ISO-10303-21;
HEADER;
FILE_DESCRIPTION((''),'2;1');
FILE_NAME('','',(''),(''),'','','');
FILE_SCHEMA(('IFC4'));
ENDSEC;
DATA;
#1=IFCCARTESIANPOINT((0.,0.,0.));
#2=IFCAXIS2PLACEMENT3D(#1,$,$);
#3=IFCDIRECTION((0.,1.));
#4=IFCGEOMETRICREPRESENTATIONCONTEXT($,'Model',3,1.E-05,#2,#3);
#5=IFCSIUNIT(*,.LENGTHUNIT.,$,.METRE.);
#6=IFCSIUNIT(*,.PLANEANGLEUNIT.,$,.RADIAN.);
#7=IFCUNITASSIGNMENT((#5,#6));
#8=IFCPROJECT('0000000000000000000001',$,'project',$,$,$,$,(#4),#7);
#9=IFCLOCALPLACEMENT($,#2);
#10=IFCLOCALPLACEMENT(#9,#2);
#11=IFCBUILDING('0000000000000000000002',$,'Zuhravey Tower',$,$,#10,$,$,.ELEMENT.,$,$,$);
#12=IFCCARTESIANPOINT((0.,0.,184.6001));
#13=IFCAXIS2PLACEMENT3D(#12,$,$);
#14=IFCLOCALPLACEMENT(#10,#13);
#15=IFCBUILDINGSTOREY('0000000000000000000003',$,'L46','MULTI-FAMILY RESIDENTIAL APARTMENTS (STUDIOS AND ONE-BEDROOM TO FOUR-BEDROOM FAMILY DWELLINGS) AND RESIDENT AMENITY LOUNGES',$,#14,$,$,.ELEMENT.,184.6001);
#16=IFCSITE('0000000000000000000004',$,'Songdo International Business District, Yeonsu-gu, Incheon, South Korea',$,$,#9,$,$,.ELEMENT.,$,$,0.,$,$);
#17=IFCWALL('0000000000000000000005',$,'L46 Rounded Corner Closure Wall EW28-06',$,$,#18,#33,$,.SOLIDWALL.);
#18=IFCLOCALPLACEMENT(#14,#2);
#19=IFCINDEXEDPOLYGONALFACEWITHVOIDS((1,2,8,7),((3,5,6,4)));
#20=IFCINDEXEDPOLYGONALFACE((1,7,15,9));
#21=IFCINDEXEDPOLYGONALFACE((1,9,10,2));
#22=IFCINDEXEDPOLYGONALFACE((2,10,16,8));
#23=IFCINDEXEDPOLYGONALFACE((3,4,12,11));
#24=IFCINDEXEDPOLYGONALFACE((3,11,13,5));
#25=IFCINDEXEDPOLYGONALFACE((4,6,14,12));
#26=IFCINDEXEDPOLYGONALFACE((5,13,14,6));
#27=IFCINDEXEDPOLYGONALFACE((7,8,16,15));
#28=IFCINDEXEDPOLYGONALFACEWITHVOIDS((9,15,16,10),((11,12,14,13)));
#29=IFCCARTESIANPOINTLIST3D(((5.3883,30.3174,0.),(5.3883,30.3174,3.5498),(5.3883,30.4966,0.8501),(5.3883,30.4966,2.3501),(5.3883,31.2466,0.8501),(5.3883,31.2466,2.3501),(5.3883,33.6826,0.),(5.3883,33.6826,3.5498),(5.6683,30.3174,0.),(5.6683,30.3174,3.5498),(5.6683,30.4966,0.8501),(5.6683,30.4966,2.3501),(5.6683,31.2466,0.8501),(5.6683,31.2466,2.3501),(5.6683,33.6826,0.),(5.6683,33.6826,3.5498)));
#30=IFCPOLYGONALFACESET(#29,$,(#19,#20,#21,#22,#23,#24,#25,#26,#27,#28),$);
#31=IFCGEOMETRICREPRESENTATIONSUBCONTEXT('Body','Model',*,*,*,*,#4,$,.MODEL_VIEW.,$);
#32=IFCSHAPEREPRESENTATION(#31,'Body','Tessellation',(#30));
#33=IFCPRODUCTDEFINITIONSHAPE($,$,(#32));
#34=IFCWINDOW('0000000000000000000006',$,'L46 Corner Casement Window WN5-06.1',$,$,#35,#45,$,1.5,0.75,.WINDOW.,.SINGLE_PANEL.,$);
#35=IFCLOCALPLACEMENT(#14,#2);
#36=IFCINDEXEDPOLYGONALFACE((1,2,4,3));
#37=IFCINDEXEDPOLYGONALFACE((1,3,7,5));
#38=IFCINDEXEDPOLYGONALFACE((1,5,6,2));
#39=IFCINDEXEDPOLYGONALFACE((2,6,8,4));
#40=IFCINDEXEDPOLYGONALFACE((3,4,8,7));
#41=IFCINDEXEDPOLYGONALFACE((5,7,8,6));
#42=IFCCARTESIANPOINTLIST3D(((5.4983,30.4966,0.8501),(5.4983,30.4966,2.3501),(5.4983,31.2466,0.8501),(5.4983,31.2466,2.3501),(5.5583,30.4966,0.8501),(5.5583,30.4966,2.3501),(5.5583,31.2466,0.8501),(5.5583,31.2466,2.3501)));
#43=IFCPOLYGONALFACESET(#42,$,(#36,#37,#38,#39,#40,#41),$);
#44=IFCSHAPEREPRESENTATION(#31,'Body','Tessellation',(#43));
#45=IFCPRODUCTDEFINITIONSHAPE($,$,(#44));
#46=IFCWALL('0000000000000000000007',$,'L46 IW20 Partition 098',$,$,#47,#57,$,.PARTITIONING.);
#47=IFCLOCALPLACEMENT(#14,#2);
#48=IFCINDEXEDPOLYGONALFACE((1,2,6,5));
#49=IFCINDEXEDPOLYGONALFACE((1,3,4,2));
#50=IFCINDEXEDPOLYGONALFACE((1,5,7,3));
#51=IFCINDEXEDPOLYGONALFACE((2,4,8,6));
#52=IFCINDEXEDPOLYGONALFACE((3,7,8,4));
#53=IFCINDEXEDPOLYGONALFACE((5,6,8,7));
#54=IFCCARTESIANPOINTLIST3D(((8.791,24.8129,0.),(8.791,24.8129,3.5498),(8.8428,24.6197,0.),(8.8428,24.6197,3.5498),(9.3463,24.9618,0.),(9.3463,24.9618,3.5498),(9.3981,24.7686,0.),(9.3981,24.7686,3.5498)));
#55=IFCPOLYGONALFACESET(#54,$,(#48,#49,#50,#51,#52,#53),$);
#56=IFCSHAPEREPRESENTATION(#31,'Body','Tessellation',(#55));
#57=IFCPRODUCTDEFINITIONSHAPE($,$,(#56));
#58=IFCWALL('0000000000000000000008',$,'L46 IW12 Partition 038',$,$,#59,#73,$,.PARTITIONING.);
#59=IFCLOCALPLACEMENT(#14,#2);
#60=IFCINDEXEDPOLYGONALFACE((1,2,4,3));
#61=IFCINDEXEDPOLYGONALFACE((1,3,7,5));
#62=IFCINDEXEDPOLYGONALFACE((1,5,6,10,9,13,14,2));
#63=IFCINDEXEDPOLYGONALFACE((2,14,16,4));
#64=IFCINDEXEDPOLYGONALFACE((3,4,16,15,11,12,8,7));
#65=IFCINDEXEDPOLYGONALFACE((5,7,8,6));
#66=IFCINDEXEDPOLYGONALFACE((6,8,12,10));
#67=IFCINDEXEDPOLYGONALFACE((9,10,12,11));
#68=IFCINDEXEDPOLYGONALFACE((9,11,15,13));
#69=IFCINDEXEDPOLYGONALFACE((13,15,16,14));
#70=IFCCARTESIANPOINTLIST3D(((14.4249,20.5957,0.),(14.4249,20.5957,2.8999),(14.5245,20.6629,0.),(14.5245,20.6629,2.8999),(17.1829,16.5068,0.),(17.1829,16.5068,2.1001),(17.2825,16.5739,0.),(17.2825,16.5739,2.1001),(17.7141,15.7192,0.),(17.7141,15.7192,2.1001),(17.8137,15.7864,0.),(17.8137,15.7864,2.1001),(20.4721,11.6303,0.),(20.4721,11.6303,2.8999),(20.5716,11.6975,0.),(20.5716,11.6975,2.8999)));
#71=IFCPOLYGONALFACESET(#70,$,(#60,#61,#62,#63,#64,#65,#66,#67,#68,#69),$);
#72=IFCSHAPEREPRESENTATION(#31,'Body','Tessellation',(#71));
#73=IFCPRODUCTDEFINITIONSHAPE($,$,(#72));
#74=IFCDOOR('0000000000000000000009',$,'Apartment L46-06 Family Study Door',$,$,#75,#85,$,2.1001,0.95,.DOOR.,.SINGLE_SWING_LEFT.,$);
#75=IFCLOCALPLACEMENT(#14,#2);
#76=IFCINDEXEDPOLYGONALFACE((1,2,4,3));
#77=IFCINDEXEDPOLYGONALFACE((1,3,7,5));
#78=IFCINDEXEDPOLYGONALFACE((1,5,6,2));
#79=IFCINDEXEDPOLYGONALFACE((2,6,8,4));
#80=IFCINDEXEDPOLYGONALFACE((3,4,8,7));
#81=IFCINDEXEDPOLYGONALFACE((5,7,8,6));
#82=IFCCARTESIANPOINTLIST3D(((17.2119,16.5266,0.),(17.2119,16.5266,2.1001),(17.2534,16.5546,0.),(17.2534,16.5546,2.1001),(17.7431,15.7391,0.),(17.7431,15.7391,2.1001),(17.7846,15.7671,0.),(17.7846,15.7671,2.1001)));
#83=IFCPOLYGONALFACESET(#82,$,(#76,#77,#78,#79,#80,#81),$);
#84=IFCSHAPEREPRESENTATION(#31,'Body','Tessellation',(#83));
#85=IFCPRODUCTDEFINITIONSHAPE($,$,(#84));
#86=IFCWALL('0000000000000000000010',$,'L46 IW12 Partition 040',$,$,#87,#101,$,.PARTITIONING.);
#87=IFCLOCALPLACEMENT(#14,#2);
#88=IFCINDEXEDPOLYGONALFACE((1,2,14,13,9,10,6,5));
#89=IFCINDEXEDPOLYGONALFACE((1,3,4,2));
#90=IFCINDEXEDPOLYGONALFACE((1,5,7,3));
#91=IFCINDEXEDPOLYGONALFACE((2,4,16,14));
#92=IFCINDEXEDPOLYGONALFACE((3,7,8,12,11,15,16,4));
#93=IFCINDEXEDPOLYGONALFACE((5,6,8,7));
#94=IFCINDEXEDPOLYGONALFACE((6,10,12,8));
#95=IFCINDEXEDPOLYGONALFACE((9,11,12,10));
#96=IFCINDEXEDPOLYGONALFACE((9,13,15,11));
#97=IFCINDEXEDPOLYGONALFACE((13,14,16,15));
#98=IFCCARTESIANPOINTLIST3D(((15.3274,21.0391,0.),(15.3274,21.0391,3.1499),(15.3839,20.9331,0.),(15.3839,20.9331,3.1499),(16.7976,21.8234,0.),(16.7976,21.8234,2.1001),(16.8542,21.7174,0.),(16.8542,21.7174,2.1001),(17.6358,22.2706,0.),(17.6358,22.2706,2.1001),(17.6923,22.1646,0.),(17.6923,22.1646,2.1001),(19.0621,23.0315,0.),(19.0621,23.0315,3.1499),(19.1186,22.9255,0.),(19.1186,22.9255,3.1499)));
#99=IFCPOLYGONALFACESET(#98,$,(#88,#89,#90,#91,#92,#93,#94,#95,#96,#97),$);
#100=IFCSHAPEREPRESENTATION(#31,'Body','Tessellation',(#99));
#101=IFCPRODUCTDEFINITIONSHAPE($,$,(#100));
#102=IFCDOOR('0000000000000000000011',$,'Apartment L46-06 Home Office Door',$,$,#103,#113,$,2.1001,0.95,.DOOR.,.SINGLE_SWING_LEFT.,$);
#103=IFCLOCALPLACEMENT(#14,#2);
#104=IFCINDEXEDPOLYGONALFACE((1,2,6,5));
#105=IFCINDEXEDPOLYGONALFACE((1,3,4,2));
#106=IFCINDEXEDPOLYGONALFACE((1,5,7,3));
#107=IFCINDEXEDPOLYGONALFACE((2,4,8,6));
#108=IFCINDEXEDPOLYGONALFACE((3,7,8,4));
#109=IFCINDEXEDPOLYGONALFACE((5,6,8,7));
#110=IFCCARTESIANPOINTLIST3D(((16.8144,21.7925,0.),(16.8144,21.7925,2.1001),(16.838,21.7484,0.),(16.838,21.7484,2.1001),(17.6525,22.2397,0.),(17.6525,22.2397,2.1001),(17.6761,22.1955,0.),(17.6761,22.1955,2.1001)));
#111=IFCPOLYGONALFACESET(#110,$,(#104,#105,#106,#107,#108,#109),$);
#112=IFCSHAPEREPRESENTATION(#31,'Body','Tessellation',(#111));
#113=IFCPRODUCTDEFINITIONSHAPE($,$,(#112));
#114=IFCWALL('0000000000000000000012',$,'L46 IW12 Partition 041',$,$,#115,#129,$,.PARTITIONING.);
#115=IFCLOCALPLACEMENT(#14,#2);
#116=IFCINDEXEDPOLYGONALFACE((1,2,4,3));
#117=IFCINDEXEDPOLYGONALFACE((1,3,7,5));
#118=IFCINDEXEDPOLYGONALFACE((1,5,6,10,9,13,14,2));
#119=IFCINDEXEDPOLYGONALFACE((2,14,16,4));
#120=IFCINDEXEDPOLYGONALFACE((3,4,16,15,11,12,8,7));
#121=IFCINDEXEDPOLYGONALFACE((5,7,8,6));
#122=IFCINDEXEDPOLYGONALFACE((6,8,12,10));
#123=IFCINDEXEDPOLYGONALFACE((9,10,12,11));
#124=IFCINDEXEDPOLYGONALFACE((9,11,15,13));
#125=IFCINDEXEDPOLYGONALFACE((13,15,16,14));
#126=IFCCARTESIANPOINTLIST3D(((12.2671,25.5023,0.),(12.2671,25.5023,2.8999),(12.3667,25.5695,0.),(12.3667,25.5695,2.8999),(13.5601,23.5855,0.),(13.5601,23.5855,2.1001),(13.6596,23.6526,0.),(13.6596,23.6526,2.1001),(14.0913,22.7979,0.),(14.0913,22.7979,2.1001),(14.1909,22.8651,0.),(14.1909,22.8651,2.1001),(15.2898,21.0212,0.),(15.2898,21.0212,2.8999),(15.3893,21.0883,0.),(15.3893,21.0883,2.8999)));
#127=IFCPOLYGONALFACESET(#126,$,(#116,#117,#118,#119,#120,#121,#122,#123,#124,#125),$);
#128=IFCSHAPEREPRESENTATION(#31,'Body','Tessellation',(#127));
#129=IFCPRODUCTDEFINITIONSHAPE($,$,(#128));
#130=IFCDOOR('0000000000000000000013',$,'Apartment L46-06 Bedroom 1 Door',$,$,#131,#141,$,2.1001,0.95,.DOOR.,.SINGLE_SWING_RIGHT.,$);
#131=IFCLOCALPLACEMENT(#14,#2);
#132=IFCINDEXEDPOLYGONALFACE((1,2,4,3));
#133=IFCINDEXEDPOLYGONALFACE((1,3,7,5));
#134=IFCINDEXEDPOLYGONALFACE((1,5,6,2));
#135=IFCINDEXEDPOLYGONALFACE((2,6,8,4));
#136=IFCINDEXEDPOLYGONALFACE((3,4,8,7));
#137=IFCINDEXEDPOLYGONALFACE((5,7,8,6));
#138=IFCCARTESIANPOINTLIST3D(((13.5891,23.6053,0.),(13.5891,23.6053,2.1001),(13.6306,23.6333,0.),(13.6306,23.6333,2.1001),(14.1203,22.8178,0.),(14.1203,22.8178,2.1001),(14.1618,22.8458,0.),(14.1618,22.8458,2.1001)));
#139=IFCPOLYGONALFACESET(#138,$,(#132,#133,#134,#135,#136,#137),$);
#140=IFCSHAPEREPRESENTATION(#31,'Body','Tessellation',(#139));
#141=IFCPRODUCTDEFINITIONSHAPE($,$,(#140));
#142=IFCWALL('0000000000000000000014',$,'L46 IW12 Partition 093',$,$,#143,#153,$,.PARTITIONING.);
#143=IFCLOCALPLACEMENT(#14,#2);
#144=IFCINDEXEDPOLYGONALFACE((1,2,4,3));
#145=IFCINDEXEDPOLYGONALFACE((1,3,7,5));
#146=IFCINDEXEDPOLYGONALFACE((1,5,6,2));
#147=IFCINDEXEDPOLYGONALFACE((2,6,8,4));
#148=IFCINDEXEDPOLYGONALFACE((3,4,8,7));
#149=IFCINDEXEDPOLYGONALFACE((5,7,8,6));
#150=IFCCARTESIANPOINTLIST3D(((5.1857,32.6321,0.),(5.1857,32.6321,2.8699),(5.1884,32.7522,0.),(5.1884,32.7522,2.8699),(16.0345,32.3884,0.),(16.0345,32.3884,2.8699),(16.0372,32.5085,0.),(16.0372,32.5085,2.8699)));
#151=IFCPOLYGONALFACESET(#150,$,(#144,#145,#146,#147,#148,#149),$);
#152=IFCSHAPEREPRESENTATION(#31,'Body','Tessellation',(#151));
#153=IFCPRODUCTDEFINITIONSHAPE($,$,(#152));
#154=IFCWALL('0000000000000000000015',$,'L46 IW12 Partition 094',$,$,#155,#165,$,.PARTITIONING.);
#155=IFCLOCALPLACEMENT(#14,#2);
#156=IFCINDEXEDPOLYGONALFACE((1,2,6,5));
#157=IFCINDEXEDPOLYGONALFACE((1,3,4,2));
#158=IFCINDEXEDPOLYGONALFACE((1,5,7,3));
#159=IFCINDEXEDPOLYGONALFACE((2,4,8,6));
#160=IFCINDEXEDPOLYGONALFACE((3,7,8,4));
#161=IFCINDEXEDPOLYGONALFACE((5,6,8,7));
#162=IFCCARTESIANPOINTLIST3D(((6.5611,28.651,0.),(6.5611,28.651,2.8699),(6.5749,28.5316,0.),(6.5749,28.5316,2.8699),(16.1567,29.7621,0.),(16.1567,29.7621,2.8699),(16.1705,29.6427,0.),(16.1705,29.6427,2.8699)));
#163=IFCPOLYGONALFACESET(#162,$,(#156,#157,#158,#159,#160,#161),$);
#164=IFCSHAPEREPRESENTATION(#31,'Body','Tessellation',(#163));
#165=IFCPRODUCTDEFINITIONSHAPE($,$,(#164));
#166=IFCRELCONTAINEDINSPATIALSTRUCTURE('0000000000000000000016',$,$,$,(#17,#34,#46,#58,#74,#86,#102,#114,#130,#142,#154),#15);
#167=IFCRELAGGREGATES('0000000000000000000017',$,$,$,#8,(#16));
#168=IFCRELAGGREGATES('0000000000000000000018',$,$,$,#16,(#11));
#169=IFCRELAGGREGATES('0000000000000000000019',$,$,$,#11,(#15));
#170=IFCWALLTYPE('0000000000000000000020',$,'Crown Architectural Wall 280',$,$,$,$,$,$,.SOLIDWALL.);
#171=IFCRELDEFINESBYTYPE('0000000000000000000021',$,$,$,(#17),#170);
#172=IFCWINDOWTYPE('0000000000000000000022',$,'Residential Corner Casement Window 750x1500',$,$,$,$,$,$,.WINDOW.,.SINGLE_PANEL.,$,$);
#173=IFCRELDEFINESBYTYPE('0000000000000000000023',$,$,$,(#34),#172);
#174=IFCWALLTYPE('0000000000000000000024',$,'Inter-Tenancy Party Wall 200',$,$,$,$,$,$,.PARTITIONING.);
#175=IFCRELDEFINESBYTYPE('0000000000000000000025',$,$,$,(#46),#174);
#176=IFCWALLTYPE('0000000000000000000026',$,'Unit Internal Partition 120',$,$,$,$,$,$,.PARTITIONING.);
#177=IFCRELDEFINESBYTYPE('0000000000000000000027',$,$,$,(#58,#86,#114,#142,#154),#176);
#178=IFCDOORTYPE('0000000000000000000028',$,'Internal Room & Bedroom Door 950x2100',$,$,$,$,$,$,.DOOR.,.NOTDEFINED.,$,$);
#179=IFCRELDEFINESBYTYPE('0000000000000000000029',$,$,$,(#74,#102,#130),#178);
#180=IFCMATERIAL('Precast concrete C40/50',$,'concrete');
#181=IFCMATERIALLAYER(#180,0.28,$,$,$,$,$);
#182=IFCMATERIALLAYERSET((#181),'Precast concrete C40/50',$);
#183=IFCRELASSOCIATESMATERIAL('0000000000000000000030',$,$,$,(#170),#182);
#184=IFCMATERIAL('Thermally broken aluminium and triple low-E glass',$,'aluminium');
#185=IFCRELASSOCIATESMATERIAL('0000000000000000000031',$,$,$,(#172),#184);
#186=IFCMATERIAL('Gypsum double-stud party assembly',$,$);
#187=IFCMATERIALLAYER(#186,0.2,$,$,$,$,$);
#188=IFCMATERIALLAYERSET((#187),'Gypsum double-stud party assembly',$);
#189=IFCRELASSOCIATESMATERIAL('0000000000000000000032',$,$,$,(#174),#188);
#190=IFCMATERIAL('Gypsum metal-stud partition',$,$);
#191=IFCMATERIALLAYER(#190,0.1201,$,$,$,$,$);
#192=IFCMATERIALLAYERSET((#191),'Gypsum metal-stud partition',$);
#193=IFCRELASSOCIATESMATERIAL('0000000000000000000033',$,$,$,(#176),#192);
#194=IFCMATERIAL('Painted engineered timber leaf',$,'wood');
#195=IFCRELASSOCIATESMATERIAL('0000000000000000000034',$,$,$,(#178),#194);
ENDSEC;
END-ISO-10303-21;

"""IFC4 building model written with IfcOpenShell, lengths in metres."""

from ifc_helpers import new_model, si_unit, direction, frame, frame_2d, origin, place, context, subcontext, project, spatial, rectangle, extrude, material, layer, layer_set, type_object, element, fill, save


model = new_model("IFC4")

# Units and contexts
model_context = context("Model", 3, precision=1e-05, world=origin(), true_north=direction((0.0, 1.0)))
body_context = subcontext(model_context, "Body", "Model", "MODEL_VIEW")
ifc_project = project(units=[si_unit("LENGTHUNIT", "METRE"), si_unit("PLANEANGLEUNIT", "RADIAN")], contexts=[model_context])

# Site, building, storey
site_placement = place(None, origin())
site = spatial("IfcSite", under=ifc_project, at=site_placement, Name="Songdo International Business District, Yeonsu-gu, Incheon, South Korea", CompositionType="ELEMENT", RefElevation=0.0)
building_placement = place(site_placement, origin())
building = spatial("IfcBuilding", under=site, at=building_placement, Name="Zuhravey Tower", CompositionType="ELEMENT")
storey_placement = place(building_placement, frame((0.0, 0.0, 184.6001)))
storey = spatial("IfcBuildingStorey", under=building, at=storey_placement, Name="L46", Description="MULTI-FAMILY RESIDENTIAL APARTMENTS (STUDIOS AND ONE-BEDROOM TO FOUR-BEDROOM FAMILY DWELLINGS) AND RESIDENT AMENITY LOUNGES", CompositionType="ELEMENT", Elevation=184.6001)

# Wall, opening, window
ifc_material_1 = material(Name="Precast concrete C40/50", Category="concrete")
ifc_layer_1 = layer(ifc_material_1, 0.28)
ifc_layer_set_1 = layer_set([ifc_layer_1], Name="Precast concrete C40/50")
wall_type_1 = type_object("IfcWallType", Name="Crown Architectural Wall 280", PredefinedType="SOLIDWALL", material=ifc_layer_set_1)
wall_1_placement = place(storey_placement, frame((5.5283, 30.3174, 0.0), z_axis=(0.0, 0.0, 1.0), x_axis=(0.0, 1.0, 0.0)))
wall_1 = element("IfcWall", 1, at=wall_1_placement, inside=storey, type_object=wall_type_1, Name="L46 Rounded Corner Closure Wall EW28-06", PredefinedType="SOLIDWALL", context=body_context, shape_type="SweptSolid", body=[
    extrude(rectangle(XDim=3.3652, YDim=0.28, at=frame_2d((1.6826, 0.0))), origin(), (0.0, 0.0, 1.0), 3.5498),
])
opening_1_placement = place(wall_1_placement, frame((0.1792, 0.0, 0.8501)))
opening_1 = element("IfcOpeningElement", 2, at=opening_1_placement, cuts=wall_1, PredefinedType="OPENING", context=body_context, shape_type="SweptSolid", body=[
    extrude(rectangle(XDim=0.75, YDim=1.5, at=frame_2d((0.375, 0.75))), frame((0.0, 0.1521, 0.0), z_axis=(0.0, -1.0, 0.0), x_axis=(1.0, 0.0, 0.0)), (0.0, 0.0, 1.0), 0.304),
])
ifc_material_2 = material(Name="Thermally broken aluminium and triple low-E glass", Category="aluminium")
window_type = type_object("IfcWindowType", Name="Residential Corner Casement Window 750x1500", PartitioningType="SINGLE_PANEL", PredefinedType="WINDOW", material=ifc_material_2)
window_placement = place(opening_1_placement, origin())
window = element("IfcWindow", 3, at=window_placement, inside=storey, type_object=window_type, Name="L46 Corner Casement Window WN5-06.1", OverallHeight=1.5, OverallWidth=0.75, PartitioningType="SINGLE_PANEL", PredefinedType="WINDOW", context=body_context, shape_type="SweptSolid", body=[
    extrude(rectangle(XDim=0.75, YDim=1.5, at=frame_2d((0.375, 0.75))), frame((0.0, 0.03, 0.0), z_axis=(0.0, -1.0, 0.0), x_axis=(1.0, 0.0, 0.0)), (0.0, 0.0, 1.0), 0.0601),
])
fill(opening_1, window)

# Wall
ifc_material_3 = material(Name="Gypsum double-stud party assembly")
ifc_layer_2 = layer(ifc_material_3, 0.2)
ifc_layer_set_2 = layer_set([ifc_layer_2], Name="Gypsum double-stud party assembly")
wall_type_2 = type_object("IfcWallType", Name="Inter-Tenancy Party Wall 200", PredefinedType="PARTITIONING", material=ifc_layer_set_2)
wall_2_placement = place(storey_placement, frame((9.3723, 24.8652, 0.0), z_axis=(0.0, 0.0, 1.0), x_axis=(-0.965882, -0.258984, 0.0)))
element("IfcWall", 4, at=wall_2_placement, inside=storey, type_object=wall_type_2, Name="L46 IW20 Partition 098", PredefinedType="PARTITIONING", context=body_context, shape_type="SweptSolid", body=[
    extrude(rectangle(XDim=0.575, YDim=0.2, at=frame_2d((0.2876, 0.0))), origin(), (0.0, 0.0, 1.0), 3.5498),
])

# Walls, openings, doors
ifc_material_4 = material(Name="Gypsum metal-stud partition")
ifc_layer_3 = layer(ifc_material_4, 0.1201)
ifc_layer_set_3 = layer_set([ifc_layer_3], Name="Gypsum metal-stud partition")
wall_type_3 = type_object("IfcWallType", Name="Unit Internal Partition 120", PredefinedType="PARTITIONING", material=ifc_layer_set_3)
wall_3_placement = place(storey_placement, frame((14.4746, 20.6294, 0.0), z_axis=(0.0, 0.0, 1.0), x_axis=(0.559188, -0.829041, 0.0)))
wall_3 = element("IfcWall", 5, at=wall_3_placement, inside=storey, type_object=wall_type_3, Name="L46 IW12 Partition 038", PredefinedType="PARTITIONING", context=body_context, shape_type="SweptSolid", body=[
    extrude(rectangle(XDim=10.8142, YDim=0.1201, at=frame_2d((5.4072, 0.0))), origin(), (0.0, 0.0, 1.0), 2.8999),
])
opening_2_placement = place(wall_3_placement, frame((4.9321, 0.0, 0.0)))
opening_2 = element("IfcOpeningElement", 6, at=opening_2_placement, cuts=wall_3, PredefinedType="OPENING", context=body_context, shape_type="SweptSolid", body=[
    extrude(rectangle(XDim=0.95, YDim=2.1001, at=frame_2d((0.4751, 1.05))), frame((0.0, 0.072, 0.0), z_axis=(0.0, -1.0, 0.0), x_axis=(1.0, 0.0, 0.0)), (0.0, 0.0, 1.0), 0.144),
])
ifc_material_5 = material(Name="Painted engineered timber leaf", Category="wood")
door_type = type_object("IfcDoorType", Name="Internal Room & Bedroom Door 950x2100", OperationType="NOTDEFINED", PredefinedType="DOOR", material=ifc_material_5)
door_1_placement = place(opening_2_placement, frame((0.95, 0.0, 0.0), z_axis=(0.0, 0.0, 1.0), x_axis=(-1.0, 0.0, 0.0)))
door_1 = element("IfcDoor", 7, at=door_1_placement, inside=storey, type_object=door_type, Name="Apartment L46-06 Family Study Door", OperationType="SINGLE_SWING_LEFT", OverallHeight=2.1001, OverallWidth=0.95, PredefinedType="DOOR", context=body_context, shape_type="SweptSolid", body=[
    extrude(rectangle(XDim=0.95, YDim=2.1001, at=frame_2d((0.4751, 1.05))), frame((0.0, 0.0249, 0.0), z_axis=(0.0, -1.0, 0.0), x_axis=(1.0, 0.0, 0.0)), (0.0, 0.0, 1.0), 0.05),
])
fill(opening_2, door_1)
wall_4_placement = place(storey_placement, frame((19.0903, 22.9785, 0.0), z_axis=(0.0, 0.0, 1.0), x_axis=(-0.882291, -0.470705, 0.0)))
wall_4 = element("IfcWall", 8, at=wall_4_placement, inside=storey, type_object=wall_type_3, Name="L46 IW12 Partition 040", PredefinedType="PARTITIONING", context=body_context, shape_type="SweptSolid", body=[
    extrude(rectangle(XDim=4.2329, YDim=0.1201, at=frame_2d((2.1165, 0.0))), origin(), (0.0, 0.0, 1.0), 3.1499),
])
opening_3_placement = place(wall_4_placement, frame((1.6165, 0.0, 0.0)))
opening_3 = element("IfcOpeningElement", 9, at=opening_3_placement, cuts=wall_4, PredefinedType="OPENING", context=body_context, shape_type="SweptSolid", body=[
    extrude(rectangle(XDim=0.95, YDim=2.1001, at=frame_2d((0.4751, 1.05))), frame((0.0, 0.072, 0.0), z_axis=(0.0, -1.0, 0.0), x_axis=(1.0, 0.0, 0.0)), (0.0, 0.0, 1.0), 0.144),
])
door_2_placement = place(opening_3_placement, frame((0.95, 0.0, 0.0), z_axis=(0.0, 0.0, 1.0), x_axis=(-1.0, 0.0, 0.0)))
door_2 = element("IfcDoor", 10, at=door_2_placement, inside=storey, type_object=door_type, Name="Apartment L46-06 Home Office Door", OperationType="SINGLE_SWING_LEFT", OverallHeight=2.1001, OverallWidth=0.95, PredefinedType="DOOR", context=body_context, shape_type="SweptSolid", body=[
    extrude(rectangle(XDim=0.95, YDim=2.1001, at=frame_2d((0.4751, 1.05))), frame((0.0, 0.0249, 0.0), z_axis=(0.0, -1.0, 0.0), x_axis=(1.0, 0.0, 0.0)), (0.0, 0.0, 1.0), 0.05),
])
fill(opening_3, door_2)
wall_5_placement = place(storey_placement, frame((12.3169, 25.5359, 0.0), z_axis=(0.0, 0.0, 1.0), x_axis=(0.559205, -0.829029, 0.0)))
wall_5 = element("IfcWall", 11, at=wall_5_placement, inside=storey, type_object=wall_type_3, Name="L46 IW12 Partition 041", PredefinedType="PARTITIONING", context=body_context, shape_type="SweptSolid", body=[
    extrude(rectangle(XDim=5.4053, YDim=0.1201, at=frame_2d((2.7026, 0.0))), origin(), (0.0, 0.0, 1.0), 2.8999),
])
opening_4_placement = place(wall_5_placement, frame((2.312, 0.0, 0.0)))
opening_4 = element("IfcOpeningElement", 12, at=opening_4_placement, cuts=wall_5, PredefinedType="OPENING", context=body_context, shape_type="SweptSolid", body=[
    extrude(rectangle(XDim=0.95, YDim=2.1001, at=frame_2d((0.4751, 1.05))), frame((0.0, 0.072, 0.0), z_axis=(0.0, -1.0, 0.0), x_axis=(1.0, 0.0, 0.0)), (0.0, 0.0, 1.0), 0.144),
])
door_3_placement = place(opening_4_placement, frame((0.95, 0.0, 0.0), z_axis=(0.0, 0.0, 1.0), x_axis=(-1.0, 0.0, 0.0)))
door_3 = element("IfcDoor", 13, at=door_3_placement, inside=storey, type_object=door_type, Name="Apartment L46-06 Bedroom 1 Door", OperationType="SINGLE_SWING_RIGHT", OverallHeight=2.1001, OverallWidth=0.95, PredefinedType="DOOR", context=body_context, shape_type="SweptSolid", body=[
    extrude(rectangle(XDim=0.95, YDim=2.1001, at=frame_2d((0.4751, 1.05))), frame((0.0, 0.0249, 0.0), z_axis=(0.0, -1.0, 0.0), x_axis=(1.0, 0.0, 0.0)), (0.0, 0.0, 1.0), 0.05),
])
fill(opening_4, door_3)

# Walls
wall_6_placement = place(storey_placement, frame((16.0359, 32.4485, 0.0), z_axis=(0.0, 0.0, 1.0), x_axis=(-0.999748, 0.022453, 0.0)))
element("IfcWall", 14, at=wall_6_placement, inside=storey, type_object=wall_type_3, Name="L46 IW12 Partition 093", PredefinedType="PARTITIONING", context=body_context, shape_type="SweptSolid", body=[
    extrude(rectangle(XDim=10.8516, YDim=0.1201, at=frame_2d((5.4258, 0.0))), origin(), (0.0, 0.0, 1.0), 2.8699),
])
wall_7_placement = place(storey_placement, frame((16.1636, 29.7024, 0.0), z_axis=(0.0, 0.0, 1.0), x_axis=(-0.993363, -0.115024, 0.0)))
element("IfcWall", 15, at=wall_7_placement, inside=storey, type_object=wall_type_3, Name="L46 IW12 Partition 094", PredefinedType="PARTITIONING", context=body_context, shape_type="SweptSolid", body=[
    extrude(rectangle(XDim=9.6597, YDim=0.1201, at=frame_2d((4.8298, 0.0))), origin(), (0.0, 0.0, 1.0), 2.8699),
])

save(model, "model.ifc")
